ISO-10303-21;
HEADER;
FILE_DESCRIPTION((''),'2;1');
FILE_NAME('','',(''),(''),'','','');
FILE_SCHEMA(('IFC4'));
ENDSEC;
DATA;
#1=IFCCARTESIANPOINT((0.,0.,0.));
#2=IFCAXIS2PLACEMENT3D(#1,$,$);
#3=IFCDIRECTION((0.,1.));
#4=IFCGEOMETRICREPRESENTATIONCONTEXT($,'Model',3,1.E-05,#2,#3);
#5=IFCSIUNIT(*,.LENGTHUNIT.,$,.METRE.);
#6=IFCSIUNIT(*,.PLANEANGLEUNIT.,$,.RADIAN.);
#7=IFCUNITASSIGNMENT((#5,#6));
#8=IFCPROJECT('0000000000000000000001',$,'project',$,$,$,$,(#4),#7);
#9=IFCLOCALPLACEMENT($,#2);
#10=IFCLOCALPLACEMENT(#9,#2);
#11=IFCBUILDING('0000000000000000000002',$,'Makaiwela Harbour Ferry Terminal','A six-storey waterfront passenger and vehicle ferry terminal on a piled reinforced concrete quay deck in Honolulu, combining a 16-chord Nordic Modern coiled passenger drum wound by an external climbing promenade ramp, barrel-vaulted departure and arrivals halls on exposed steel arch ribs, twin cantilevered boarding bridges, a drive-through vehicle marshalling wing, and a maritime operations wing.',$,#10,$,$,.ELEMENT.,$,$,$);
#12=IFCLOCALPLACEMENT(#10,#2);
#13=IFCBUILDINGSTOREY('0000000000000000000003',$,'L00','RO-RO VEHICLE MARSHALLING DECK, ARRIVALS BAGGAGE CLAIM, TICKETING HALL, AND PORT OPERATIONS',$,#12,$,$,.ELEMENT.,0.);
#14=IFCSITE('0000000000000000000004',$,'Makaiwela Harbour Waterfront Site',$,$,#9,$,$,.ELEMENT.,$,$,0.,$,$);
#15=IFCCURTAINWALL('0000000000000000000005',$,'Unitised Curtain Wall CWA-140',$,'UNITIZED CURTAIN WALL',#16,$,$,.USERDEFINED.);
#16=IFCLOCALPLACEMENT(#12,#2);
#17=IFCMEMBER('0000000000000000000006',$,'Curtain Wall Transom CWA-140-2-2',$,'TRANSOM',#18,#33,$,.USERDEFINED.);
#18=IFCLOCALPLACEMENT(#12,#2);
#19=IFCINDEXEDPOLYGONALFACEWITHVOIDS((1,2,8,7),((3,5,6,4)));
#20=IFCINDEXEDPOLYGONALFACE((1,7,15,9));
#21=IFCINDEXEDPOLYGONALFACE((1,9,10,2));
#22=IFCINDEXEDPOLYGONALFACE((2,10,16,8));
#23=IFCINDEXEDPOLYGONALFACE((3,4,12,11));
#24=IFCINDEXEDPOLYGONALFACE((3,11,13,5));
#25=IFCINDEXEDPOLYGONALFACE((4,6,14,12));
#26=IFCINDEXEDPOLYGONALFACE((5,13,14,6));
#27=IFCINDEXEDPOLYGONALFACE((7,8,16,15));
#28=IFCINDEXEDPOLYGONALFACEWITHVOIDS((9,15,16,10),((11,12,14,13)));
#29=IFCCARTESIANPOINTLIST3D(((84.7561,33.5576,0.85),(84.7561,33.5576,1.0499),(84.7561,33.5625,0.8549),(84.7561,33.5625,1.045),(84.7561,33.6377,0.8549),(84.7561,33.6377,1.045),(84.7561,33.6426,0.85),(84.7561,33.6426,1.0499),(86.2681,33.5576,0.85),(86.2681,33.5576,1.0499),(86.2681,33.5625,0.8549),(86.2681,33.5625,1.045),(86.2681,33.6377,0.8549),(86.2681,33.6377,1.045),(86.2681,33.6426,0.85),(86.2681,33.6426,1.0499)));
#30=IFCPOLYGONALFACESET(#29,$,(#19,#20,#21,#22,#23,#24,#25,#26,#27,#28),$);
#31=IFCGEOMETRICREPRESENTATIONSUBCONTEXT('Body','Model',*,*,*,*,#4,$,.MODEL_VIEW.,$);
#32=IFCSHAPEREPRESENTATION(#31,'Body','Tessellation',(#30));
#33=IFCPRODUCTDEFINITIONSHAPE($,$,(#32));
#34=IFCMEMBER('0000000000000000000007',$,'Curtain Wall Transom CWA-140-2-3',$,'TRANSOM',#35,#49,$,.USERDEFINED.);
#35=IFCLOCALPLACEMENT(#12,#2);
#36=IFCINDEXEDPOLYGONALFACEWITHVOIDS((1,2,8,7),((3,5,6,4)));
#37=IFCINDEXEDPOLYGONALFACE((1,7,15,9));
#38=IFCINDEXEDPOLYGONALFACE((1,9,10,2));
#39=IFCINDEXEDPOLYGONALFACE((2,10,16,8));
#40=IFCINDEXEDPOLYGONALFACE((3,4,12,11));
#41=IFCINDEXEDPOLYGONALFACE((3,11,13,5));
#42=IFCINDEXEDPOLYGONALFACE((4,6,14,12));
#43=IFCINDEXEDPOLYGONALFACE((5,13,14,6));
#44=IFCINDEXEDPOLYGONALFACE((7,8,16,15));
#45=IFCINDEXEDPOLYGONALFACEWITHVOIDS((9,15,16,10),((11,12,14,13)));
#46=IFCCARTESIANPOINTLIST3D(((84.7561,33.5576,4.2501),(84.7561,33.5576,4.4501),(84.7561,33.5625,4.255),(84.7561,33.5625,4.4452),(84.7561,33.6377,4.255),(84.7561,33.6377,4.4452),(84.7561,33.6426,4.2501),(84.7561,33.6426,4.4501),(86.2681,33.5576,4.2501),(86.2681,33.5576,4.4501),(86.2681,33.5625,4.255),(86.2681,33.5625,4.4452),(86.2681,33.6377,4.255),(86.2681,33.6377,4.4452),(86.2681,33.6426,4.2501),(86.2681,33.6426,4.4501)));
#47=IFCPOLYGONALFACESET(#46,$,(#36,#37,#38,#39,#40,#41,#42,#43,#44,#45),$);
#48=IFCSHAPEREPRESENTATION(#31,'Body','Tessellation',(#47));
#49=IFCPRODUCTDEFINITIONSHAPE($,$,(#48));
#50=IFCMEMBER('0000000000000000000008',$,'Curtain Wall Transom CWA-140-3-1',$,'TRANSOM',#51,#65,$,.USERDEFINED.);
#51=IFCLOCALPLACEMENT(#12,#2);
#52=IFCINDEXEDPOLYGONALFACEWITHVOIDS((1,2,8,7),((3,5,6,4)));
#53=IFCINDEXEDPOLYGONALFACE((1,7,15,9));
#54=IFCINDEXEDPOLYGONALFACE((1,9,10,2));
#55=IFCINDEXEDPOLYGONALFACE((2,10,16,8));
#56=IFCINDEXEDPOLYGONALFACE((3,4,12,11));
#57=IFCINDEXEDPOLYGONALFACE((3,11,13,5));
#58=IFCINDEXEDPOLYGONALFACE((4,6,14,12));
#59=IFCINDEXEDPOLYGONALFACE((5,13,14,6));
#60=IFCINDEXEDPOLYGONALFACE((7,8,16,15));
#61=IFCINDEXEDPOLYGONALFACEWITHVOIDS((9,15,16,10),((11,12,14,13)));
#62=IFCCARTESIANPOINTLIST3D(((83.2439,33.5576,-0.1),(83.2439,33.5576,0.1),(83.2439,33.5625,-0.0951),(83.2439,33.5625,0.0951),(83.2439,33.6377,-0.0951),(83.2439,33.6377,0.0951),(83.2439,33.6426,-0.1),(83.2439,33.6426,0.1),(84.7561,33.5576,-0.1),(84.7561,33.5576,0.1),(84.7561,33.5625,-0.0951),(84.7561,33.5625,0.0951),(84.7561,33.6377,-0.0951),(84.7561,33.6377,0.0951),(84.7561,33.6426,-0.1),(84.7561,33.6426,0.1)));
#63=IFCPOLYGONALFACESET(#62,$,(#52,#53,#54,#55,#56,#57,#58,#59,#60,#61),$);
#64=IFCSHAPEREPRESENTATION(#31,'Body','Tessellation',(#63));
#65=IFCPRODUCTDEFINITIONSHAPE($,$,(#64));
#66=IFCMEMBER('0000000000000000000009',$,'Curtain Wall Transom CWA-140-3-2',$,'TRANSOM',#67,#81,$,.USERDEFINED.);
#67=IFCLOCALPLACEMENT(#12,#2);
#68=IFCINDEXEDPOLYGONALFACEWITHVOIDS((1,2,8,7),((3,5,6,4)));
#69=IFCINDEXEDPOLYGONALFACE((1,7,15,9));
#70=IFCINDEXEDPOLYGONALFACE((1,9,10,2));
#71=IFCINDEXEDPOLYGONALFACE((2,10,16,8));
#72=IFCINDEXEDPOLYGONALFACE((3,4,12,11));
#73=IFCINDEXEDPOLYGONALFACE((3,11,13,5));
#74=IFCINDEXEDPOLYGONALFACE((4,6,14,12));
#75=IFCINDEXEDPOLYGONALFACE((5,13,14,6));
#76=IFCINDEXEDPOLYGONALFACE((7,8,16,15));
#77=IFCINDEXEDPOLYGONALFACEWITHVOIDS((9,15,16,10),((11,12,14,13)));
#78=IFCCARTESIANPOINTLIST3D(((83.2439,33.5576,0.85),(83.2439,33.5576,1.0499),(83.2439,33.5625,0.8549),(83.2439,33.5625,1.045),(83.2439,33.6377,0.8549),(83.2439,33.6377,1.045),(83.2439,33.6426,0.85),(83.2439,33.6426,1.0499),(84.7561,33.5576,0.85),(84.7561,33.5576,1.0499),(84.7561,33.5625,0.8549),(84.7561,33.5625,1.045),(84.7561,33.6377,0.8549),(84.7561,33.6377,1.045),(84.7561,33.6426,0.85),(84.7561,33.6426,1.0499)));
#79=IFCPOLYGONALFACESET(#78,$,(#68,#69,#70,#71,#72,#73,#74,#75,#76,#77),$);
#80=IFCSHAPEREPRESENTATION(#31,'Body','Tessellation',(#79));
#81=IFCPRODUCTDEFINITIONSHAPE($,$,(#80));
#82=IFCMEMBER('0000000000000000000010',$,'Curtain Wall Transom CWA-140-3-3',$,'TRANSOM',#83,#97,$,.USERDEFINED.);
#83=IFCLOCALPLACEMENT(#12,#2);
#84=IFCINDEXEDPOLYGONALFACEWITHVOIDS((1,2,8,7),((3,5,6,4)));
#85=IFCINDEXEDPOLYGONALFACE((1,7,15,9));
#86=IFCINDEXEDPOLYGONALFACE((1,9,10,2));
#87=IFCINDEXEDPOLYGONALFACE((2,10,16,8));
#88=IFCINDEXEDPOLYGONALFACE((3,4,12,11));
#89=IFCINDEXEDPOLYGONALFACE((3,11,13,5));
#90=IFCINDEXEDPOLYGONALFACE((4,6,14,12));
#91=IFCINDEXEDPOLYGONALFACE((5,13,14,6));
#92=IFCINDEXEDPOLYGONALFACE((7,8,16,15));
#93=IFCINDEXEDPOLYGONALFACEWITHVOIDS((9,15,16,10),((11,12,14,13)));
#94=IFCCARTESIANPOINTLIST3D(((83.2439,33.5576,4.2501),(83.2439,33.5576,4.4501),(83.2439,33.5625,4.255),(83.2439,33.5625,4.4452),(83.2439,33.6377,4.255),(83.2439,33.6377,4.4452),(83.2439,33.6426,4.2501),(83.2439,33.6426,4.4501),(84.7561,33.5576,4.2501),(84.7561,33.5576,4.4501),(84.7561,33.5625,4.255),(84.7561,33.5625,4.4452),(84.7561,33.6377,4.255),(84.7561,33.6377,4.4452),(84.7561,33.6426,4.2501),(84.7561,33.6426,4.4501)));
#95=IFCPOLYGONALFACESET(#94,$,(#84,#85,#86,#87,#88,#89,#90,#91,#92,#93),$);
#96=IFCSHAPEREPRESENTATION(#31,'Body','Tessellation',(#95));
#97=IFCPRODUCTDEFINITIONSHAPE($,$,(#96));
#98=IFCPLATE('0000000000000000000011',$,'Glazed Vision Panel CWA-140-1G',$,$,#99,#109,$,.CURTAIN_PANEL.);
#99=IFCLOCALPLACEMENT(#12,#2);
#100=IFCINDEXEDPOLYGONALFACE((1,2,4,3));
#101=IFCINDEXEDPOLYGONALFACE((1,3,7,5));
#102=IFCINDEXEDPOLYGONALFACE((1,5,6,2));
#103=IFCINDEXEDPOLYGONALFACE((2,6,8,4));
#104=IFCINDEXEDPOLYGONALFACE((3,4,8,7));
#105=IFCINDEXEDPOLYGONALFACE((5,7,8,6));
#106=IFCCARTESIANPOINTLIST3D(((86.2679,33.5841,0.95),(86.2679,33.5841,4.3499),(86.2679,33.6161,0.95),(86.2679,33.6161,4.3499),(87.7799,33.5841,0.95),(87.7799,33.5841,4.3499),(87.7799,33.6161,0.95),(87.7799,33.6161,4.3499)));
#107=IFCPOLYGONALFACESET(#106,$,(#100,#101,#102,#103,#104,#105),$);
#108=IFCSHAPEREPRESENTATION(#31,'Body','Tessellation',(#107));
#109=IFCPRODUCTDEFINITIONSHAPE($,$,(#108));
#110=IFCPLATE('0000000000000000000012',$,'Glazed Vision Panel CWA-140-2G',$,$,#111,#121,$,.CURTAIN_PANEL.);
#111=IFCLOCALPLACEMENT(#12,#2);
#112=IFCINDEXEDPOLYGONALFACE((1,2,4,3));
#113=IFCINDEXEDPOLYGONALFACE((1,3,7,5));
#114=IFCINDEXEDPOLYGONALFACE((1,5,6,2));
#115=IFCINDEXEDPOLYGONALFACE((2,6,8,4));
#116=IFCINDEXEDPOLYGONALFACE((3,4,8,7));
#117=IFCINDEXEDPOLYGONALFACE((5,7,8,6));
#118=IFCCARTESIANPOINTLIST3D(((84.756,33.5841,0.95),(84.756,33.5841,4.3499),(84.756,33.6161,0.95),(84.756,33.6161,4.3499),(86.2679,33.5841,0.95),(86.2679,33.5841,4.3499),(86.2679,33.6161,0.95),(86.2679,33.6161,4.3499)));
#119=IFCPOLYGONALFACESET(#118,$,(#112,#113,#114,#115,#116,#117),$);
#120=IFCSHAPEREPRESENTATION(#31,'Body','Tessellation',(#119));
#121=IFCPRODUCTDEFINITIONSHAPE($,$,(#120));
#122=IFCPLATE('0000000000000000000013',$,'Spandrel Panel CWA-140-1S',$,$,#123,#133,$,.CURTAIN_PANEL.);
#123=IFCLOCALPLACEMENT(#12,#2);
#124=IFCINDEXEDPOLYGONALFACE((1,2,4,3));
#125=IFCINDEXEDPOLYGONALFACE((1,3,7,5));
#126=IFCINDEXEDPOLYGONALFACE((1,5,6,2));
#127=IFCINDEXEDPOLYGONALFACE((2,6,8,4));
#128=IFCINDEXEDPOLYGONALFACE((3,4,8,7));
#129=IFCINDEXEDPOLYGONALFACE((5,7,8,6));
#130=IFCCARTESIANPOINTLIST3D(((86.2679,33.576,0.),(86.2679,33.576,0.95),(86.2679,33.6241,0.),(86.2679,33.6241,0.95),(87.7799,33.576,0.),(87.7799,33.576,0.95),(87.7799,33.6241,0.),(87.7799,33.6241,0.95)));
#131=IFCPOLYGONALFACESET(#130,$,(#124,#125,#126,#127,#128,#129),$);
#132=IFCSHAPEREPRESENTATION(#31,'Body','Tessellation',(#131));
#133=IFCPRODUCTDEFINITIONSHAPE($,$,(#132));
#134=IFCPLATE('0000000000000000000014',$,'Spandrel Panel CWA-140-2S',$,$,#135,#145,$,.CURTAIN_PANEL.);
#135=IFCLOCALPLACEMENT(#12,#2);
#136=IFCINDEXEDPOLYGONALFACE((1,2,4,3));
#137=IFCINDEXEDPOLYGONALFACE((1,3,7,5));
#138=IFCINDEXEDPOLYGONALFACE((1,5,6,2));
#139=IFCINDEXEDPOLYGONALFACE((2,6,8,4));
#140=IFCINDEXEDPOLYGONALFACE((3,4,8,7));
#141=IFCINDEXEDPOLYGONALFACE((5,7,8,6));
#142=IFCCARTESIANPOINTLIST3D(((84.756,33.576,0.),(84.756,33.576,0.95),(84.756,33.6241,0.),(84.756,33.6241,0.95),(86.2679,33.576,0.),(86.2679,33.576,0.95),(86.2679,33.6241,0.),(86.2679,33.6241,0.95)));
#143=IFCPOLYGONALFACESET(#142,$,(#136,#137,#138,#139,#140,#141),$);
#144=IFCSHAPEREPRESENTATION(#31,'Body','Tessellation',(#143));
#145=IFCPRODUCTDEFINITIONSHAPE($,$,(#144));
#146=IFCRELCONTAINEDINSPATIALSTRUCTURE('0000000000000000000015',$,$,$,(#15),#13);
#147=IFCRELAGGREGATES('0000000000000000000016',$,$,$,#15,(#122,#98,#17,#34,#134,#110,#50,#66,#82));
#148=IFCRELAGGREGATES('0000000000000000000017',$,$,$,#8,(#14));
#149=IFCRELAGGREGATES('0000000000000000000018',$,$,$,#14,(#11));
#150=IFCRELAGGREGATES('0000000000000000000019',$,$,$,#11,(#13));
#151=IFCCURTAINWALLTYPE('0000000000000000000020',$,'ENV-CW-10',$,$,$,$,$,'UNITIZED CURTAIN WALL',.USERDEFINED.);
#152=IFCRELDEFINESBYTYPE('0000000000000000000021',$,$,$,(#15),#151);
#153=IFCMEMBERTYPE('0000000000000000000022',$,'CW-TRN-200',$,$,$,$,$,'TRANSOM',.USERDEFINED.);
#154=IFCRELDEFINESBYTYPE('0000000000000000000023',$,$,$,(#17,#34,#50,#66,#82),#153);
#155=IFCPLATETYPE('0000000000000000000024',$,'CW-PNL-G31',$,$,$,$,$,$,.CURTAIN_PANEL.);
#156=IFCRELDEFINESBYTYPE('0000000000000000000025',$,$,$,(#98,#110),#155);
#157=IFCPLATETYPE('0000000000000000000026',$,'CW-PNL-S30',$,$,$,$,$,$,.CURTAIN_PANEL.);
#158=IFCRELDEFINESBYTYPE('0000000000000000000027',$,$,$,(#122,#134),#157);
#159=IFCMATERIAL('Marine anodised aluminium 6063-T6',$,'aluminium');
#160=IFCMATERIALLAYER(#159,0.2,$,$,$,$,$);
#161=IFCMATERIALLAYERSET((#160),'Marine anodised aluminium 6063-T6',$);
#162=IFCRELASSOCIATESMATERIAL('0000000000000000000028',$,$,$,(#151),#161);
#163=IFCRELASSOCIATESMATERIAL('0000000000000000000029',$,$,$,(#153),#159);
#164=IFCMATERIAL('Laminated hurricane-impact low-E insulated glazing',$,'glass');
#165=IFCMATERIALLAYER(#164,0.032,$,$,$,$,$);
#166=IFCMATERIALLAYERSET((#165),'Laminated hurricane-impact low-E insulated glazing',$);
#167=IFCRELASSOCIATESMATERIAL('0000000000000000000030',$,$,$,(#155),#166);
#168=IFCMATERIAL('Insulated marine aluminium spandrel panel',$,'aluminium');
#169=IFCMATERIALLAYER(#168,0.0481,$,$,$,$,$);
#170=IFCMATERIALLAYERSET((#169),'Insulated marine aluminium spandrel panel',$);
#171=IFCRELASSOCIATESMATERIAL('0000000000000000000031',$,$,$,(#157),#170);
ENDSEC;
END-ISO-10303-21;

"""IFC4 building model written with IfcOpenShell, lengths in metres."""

from ifc_helpers import new_model, si_unit, direction, frame, origin, origin_2d, place, context, subcontext, project, spatial, rectangle, hollow_rectangle, extrude, material, layer, layer_set, material_profile, profile_set, type_object, element, aggregate, save


model = new_model("IFC4")

# Units and contexts
model_context = context("Model", 3, precision=1e-05, world=origin(), true_north=direction((0.0, 1.0)))
body_context = subcontext(model_context, "Body", "Model", "MODEL_VIEW")
ifc_project = project(units=[si_unit("LENGTHUNIT", "METRE"), si_unit("PLANEANGLEUNIT", "RADIAN")], contexts=[model_context])

# Site, building, storey
site_placement = place(None, origin())
site = spatial("IfcSite", under=ifc_project, at=site_placement, Name="Makaiwela Harbour Waterfront Site", CompositionType="ELEMENT", RefElevation=0.0)
building_placement = place(site_placement, origin())
building = spatial("IfcBuilding", under=site, at=building_placement, Name="Makaiwela Harbour Ferry Terminal", Description="A six-storey waterfront passenger and vehicle ferry terminal on a piled reinforced concrete quay deck in Honolulu, combining a 16-chord Nordic Modern coiled passenger drum wound by an external climbing promenade ramp, barrel-vaulted departure and arrivals halls on exposed steel arch ribs, twin cantilevered boarding bridges, a drive-through vehicle marshalling wing, and a maritime operations wing.", CompositionType="ELEMENT")
storey_placement = place(building_placement, origin())
storey = spatial("IfcBuildingStorey", under=building, at=storey_placement, Name="L00", Description="RO-RO VEHICLE MARSHALLING DECK, ARRIVALS BAGGAGE CLAIM, TICKETING HALL, AND PORT OPERATIONS", CompositionType="ELEMENT", Elevation=0.0)

# Curtain wall
ifc_material_1 = material(Name="Marine anodised aluminium 6063-T6", Category="aluminium")
ifc_layer_1 = layer(ifc_material_1, 0.2)
ifc_layer_set_1 = layer_set([ifc_layer_1], Name="Marine anodised aluminium 6063-T6")
curtain_wall_type = type_object("IfcCurtainWallType", Name="ENV-CW-10", ElementType="UNITIZED CURTAIN WALL", PredefinedType="USERDEFINED", material=ifc_layer_set_1)
curtain_wall_1_placement = place(storey_placement, origin())
curtain_wall_1 = element("IfcCurtainWall", 1, at=curtain_wall_1_placement, inside=storey, type_object=curtain_wall_type, Name="Unitised Curtain Wall CWA-140", ObjectType="UNITIZED CURTAIN WALL", PredefinedType="USERDEFINED")

# Members
ifc_material_profile_1 = material_profile(ifc_material_1, hollow_rectangle(XDim=0.085, YDim=0.2, WallThickness=0.0049, at=origin_2d()), Name="CWT-200X85")
ifc_profile_set_1 = profile_set([ifc_material_profile_1], Name="Marine anodised aluminium 6063-T6")
member_type_1 = type_object("IfcMemberType", Name="CW-TRN-200", ElementType="TRANSOM", PredefinedType="USERDEFINED", material=ifc_profile_set_1)
member_1_placement = place(storey_placement, frame((86.2681, 33.6001, 0.95), z_axis=(-1.0, 0.0, 0.0), x_axis=(0.0, -1.0, 0.0)))
member_1 = element("IfcMember", 2, at=member_1_placement, type_object=member_type_1, Name="Curtain Wall Transom CWA-140-2-2", ObjectType="TRANSOM", PredefinedType="USERDEFINED", context=body_context, shape_type="SweptSolid", body=[
    extrude(hollow_rectangle(XDim=0.085, YDim=0.2, WallThickness=0.0049, at=origin_2d()), origin(), (0.0, 0.0, 1.0), 1.512),
])
member_2_placement = place(storey_placement, frame((86.2681, 33.6001, 4.3501), z_axis=(-1.0, 0.0, 0.0), x_axis=(0.0, -1.0, 0.0)))
member_2 = element("IfcMember", 3, at=member_2_placement, type_object=member_type_1, Name="Curtain Wall Transom CWA-140-2-3", ObjectType="TRANSOM", PredefinedType="USERDEFINED", context=body_context, shape_type="SweptSolid", body=[
    extrude(hollow_rectangle(XDim=0.085, YDim=0.2, WallThickness=0.0049, at=origin_2d()), origin(), (0.0, 0.0, 1.0), 1.512),
])
member_3_placement = place(storey_placement, frame((84.7561, 33.6001, 0.0), z_axis=(-1.0, 0.0, 0.0), x_axis=(0.0, -1.0, 0.0)))
member_3 = element("IfcMember", 4, at=member_3_placement, type_object=member_type_1, Name="Curtain Wall Transom CWA-140-3-1", ObjectType="TRANSOM", PredefinedType="USERDEFINED", context=body_context, shape_type="SweptSolid", body=[
    extrude(hollow_rectangle(XDim=0.085, YDim=0.2, WallThickness=0.0049, at=origin_2d()), origin(), (0.0, 0.0, 1.0), 1.5122),
])
member_4_placement = place(storey_placement, frame((84.7561, 33.6001, 0.95), z_axis=(-1.0, 0.0, 0.0), x_axis=(0.0, -1.0, 0.0)))
member_4 = element("IfcMember", 5, at=member_4_placement, type_object=member_type_1, Name="Curtain Wall Transom CWA-140-3-2", ObjectType="TRANSOM", PredefinedType="USERDEFINED", context=body_context, shape_type="SweptSolid", body=[
    extrude(hollow_rectangle(XDim=0.085, YDim=0.2, WallThickness=0.0049, at=origin_2d()), origin(), (0.0, 0.0, 1.0), 1.5122),
])
member_5_placement = place(storey_placement, frame((84.7561, 33.6001, 4.3501), z_axis=(-1.0, 0.0, 0.0), x_axis=(0.0, -1.0, 0.0)))
member_5 = element("IfcMember", 6, at=member_5_placement, type_object=member_type_1, Name="Curtain Wall Transom CWA-140-3-3", ObjectType="TRANSOM", PredefinedType="USERDEFINED", context=body_context, shape_type="SweptSolid", body=[
    extrude(hollow_rectangle(XDim=0.085, YDim=0.2, WallThickness=0.0049, at=origin_2d()), origin(), (0.0, 0.0, 1.0), 1.5122),
])

# Plates
ifc_material_2 = material(Name="Laminated hurricane-impact low-E insulated glazing", Category="glass")
ifc_layer_2 = layer(ifc_material_2, 0.032)
ifc_layer_set_2 = layer_set([ifc_layer_2], Name="Laminated hurricane-impact low-E insulated glazing")
plate_type_1 = type_object("IfcPlateType", Name="CW-PNL-G31", PredefinedType="CURTAIN_PANEL", material=ifc_layer_set_2)
plate_1_placement = place(storey_placement, frame((87.0239, 33.6001, 0.95), z_axis=(0.0, 0.0, 1.0), x_axis=(-1.0, 0.0, 0.0)))
plate_1 = element("IfcPlate", 7, at=plate_1_placement, type_object=plate_type_1, Name="Glazed Vision Panel CWA-140-1G", PredefinedType="CURTAIN_PANEL", context=body_context, shape_type="SweptSolid", body=[
    extrude(rectangle(XDim=1.512, YDim=0.032, at=origin_2d()), origin(), (0.0, 0.0, 1.0), 3.3999),
])
plate_2_placement = place(storey_placement, frame((85.512, 33.6001, 0.95), z_axis=(0.0, 0.0, 1.0), x_axis=(-1.0, 0.0, 0.0)))
plate_2 = element("IfcPlate", 8, at=plate_2_placement, type_object=plate_type_1, Name="Glazed Vision Panel CWA-140-2G", PredefinedType="CURTAIN_PANEL", context=body_context, shape_type="SweptSolid", body=[
    extrude(rectangle(XDim=1.512, YDim=0.032, at=origin_2d()), origin(), (0.0, 0.0, 1.0), 3.3999),
])
ifc_material_3 = material(Name="Insulated marine aluminium spandrel panel", Category="aluminium")
ifc_layer_3 = layer(ifc_material_3, 0.0481)
ifc_layer_set_3 = layer_set([ifc_layer_3], Name="Insulated marine aluminium spandrel panel")
plate_type_2 = type_object("IfcPlateType", Name="CW-PNL-S30", PredefinedType="CURTAIN_PANEL", material=ifc_layer_set_3)
plate_3_placement = place(storey_placement, frame((87.0239, 33.6001, 0.0), z_axis=(0.0, 0.0, 1.0), x_axis=(-1.0, 0.0, 0.0)))
plate_3 = element("IfcPlate", 9, at=plate_3_placement, type_object=plate_type_2, Name="Spandrel Panel CWA-140-1S", PredefinedType="CURTAIN_PANEL", context=body_context, shape_type="SweptSolid", body=[
    extrude(rectangle(XDim=1.512, YDim=0.0481, at=origin_2d()), origin(), (0.0, 0.0, 1.0), 0.95),
])
plate_4_placement = place(storey_placement, frame((85.512, 33.6001, 0.0), z_axis=(0.0, 0.0, 1.0), x_axis=(-1.0, 0.0, 0.0)))
plate_4 = element("IfcPlate", 10, at=plate_4_placement, type_object=plate_type_2, Name="Spandrel Panel CWA-140-2S", PredefinedType="CURTAIN_PANEL", context=body_context, shape_type="SweptSolid", body=[
    extrude(rectangle(XDim=1.512, YDim=0.0481, at=origin_2d()), origin(), (0.0, 0.0, 1.0), 0.95),
])
aggregate(curtain_wall_1, [plate_3, plate_1, member_1, member_2, plate_4, plate_2, member_3, member_4, member_5])

save(model, "model.ifc")
